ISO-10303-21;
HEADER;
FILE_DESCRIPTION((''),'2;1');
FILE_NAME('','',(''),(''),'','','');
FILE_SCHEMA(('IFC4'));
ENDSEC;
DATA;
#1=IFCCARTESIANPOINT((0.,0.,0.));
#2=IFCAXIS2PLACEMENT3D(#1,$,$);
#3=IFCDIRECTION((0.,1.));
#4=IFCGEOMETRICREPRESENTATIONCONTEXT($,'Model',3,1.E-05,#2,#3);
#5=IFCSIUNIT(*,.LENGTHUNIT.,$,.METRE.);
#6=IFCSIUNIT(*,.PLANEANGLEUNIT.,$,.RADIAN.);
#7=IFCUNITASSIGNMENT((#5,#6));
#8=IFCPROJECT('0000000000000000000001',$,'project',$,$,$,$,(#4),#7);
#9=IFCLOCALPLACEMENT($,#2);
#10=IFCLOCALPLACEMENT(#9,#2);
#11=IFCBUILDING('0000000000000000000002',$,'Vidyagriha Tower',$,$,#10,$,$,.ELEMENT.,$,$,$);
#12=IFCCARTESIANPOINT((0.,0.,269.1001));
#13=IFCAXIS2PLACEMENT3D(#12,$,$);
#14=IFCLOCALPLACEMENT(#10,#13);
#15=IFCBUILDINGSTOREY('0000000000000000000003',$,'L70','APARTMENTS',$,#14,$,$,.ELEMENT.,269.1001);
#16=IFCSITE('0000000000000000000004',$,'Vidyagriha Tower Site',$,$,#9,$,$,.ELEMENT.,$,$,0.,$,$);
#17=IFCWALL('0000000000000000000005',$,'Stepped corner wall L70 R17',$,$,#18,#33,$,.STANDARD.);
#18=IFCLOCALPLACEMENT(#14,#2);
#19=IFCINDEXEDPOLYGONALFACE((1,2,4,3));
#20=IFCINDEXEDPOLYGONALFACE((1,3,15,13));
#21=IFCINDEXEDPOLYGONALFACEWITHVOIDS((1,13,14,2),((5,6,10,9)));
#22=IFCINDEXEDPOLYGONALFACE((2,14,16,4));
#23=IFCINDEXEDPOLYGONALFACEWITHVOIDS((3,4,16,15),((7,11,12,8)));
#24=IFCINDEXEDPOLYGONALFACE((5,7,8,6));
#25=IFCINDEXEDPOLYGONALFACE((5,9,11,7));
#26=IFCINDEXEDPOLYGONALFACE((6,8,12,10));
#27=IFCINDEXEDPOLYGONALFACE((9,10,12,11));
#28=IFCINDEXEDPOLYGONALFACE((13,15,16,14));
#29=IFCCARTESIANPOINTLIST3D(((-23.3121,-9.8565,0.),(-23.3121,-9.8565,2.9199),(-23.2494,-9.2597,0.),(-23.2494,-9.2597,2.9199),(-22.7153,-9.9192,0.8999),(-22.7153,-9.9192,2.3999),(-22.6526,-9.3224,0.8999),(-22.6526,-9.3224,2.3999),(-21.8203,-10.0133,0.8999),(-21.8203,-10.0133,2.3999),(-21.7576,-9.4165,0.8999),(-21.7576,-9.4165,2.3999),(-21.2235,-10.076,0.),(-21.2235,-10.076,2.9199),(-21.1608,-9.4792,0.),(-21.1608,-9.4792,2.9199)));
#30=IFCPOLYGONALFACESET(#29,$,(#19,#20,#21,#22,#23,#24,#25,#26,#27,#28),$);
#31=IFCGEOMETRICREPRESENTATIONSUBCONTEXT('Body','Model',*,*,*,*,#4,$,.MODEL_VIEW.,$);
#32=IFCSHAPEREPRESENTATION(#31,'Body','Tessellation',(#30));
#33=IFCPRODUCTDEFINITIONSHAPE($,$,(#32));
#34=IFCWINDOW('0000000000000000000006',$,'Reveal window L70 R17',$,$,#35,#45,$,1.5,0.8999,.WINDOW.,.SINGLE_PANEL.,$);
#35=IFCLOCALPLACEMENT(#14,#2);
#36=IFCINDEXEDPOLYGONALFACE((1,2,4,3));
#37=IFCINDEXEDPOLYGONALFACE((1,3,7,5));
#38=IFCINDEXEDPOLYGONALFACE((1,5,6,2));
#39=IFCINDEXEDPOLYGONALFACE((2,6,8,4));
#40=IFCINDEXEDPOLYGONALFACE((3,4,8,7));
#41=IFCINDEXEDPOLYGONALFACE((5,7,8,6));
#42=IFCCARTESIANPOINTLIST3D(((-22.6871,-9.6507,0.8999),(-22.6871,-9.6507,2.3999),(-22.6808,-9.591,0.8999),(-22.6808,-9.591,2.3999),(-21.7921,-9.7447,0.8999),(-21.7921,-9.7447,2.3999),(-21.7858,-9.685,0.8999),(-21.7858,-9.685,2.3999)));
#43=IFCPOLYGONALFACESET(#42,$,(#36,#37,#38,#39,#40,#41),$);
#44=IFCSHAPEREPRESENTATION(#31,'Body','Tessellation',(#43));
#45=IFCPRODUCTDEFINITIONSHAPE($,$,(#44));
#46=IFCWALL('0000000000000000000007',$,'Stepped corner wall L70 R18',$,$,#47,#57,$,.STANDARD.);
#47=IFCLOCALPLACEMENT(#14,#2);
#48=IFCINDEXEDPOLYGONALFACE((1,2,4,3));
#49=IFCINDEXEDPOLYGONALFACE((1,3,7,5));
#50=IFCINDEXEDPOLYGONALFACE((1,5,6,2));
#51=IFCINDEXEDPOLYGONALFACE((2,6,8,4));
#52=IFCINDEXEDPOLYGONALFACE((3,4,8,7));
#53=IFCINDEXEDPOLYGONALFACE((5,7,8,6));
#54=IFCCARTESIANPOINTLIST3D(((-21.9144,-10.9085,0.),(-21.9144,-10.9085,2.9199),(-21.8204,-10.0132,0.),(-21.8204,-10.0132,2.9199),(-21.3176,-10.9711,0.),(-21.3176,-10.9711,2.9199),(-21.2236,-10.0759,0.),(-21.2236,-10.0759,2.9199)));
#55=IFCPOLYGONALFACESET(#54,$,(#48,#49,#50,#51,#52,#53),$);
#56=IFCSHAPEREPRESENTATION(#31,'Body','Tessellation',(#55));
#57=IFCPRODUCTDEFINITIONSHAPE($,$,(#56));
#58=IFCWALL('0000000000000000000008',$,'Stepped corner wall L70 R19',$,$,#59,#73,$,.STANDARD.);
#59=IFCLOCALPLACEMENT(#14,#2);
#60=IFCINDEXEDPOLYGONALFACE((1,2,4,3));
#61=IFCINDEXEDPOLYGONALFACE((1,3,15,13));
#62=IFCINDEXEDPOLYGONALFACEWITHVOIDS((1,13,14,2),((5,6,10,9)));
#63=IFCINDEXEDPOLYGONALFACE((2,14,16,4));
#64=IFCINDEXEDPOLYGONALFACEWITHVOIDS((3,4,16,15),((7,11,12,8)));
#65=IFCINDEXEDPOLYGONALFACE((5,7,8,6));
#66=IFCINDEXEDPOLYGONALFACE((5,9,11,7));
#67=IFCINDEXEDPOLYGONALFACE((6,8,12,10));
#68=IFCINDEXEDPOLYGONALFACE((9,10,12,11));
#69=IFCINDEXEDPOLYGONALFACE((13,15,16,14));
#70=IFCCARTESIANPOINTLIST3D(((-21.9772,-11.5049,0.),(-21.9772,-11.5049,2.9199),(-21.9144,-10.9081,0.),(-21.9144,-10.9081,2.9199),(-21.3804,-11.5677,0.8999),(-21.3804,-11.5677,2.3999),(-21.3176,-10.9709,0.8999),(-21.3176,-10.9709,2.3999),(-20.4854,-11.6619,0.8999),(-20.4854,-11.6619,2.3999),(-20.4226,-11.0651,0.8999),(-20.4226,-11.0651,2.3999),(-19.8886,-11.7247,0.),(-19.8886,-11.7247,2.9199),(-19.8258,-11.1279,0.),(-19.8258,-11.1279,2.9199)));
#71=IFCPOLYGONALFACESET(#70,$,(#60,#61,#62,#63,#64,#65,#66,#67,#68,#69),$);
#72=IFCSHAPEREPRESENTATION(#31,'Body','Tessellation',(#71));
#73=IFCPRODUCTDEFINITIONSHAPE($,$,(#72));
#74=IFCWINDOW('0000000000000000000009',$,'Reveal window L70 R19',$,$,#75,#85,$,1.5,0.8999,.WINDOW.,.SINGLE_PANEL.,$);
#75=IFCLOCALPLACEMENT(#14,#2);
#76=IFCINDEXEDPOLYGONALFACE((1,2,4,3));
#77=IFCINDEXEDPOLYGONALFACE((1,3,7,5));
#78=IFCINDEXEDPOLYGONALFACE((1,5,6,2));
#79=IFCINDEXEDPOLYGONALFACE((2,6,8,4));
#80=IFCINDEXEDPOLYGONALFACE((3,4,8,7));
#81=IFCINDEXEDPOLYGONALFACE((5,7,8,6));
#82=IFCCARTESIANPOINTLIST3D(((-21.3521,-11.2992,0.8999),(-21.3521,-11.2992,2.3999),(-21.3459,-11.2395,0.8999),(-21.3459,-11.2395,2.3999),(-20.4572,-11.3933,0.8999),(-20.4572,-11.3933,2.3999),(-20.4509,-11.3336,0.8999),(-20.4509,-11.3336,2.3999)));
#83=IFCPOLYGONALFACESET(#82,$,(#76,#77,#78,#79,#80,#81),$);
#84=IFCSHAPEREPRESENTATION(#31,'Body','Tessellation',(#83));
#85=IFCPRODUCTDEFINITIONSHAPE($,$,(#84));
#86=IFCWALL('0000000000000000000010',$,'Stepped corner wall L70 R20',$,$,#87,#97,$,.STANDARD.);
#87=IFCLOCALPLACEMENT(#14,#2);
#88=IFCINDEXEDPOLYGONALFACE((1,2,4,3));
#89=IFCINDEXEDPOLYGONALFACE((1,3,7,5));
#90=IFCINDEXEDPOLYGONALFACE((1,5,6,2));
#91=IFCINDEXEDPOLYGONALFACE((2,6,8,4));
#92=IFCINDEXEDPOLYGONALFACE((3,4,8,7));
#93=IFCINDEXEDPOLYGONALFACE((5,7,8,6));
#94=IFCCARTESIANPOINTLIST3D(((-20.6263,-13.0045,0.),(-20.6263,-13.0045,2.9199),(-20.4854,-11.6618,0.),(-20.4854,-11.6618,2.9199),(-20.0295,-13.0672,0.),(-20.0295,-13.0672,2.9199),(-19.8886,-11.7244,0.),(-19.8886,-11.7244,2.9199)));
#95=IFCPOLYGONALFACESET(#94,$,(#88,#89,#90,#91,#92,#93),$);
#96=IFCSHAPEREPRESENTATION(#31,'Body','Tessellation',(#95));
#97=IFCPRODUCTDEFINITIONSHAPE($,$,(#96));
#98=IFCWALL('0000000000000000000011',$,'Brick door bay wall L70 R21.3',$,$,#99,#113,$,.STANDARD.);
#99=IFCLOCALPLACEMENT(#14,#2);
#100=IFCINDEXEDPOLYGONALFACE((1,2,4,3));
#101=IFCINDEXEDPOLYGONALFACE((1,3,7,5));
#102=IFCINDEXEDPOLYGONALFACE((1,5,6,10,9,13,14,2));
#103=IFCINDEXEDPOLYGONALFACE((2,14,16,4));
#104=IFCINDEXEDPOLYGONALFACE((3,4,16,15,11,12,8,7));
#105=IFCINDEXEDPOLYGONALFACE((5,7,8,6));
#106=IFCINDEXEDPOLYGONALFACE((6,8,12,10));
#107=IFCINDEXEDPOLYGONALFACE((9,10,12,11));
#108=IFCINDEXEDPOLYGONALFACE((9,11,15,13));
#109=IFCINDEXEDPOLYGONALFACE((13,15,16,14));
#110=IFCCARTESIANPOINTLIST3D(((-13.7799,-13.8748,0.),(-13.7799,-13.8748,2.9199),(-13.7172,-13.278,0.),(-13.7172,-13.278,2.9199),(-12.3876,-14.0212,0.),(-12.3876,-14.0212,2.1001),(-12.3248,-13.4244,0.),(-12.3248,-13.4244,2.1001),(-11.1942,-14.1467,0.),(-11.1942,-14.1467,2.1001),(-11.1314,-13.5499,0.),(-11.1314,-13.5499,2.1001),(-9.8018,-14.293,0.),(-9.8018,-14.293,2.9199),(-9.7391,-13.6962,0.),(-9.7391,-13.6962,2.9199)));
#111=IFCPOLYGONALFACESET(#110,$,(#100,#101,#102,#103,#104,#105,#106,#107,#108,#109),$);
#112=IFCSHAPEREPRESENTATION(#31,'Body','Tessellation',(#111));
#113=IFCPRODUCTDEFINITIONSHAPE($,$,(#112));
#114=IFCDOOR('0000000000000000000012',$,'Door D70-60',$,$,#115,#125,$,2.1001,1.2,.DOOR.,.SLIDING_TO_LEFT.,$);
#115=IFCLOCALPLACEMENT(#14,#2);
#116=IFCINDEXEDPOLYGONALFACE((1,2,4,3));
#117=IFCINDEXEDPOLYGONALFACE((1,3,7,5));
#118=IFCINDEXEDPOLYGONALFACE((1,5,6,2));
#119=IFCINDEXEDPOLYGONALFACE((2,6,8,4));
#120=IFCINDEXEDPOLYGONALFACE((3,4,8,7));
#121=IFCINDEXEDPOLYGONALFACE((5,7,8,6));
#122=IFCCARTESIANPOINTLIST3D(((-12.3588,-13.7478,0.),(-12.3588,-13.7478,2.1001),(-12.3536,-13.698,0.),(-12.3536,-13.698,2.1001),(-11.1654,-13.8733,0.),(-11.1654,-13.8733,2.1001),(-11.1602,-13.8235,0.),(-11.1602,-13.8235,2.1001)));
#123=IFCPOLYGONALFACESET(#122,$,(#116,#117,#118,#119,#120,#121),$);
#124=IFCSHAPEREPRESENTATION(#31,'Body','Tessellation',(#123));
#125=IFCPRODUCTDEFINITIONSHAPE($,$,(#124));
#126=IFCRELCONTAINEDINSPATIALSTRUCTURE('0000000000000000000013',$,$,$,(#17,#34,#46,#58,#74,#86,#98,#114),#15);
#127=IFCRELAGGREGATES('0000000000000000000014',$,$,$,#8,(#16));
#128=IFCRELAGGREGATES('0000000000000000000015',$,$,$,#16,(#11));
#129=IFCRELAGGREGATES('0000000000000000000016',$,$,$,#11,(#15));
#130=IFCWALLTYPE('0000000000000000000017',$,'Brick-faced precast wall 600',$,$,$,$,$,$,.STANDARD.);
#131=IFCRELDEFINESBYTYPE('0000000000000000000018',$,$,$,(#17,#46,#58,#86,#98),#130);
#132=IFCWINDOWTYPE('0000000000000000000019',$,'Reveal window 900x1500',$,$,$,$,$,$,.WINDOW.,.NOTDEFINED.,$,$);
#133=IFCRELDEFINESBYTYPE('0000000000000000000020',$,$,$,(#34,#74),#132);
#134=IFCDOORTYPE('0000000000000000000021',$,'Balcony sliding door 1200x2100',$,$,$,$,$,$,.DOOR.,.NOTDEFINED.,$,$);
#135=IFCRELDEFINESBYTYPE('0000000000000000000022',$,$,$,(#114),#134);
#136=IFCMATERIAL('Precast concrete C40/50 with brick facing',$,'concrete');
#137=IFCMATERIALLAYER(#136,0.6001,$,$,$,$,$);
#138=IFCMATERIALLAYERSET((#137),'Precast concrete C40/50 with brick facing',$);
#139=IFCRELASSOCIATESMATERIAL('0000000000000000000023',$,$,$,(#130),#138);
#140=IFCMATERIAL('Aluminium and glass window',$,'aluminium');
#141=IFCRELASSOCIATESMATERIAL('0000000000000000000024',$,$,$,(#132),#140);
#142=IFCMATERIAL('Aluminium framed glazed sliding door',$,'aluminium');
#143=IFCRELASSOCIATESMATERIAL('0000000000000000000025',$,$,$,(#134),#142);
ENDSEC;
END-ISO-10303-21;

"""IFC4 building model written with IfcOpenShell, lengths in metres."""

from ifc_helpers import new_model, si_unit, direction, frame, frame_2d, origin, place, context, subcontext, project, spatial, rectangle, extrude, material, layer, layer_set, type_object, element, fill, save


model = new_model("IFC4")

# Units and contexts
model_context = context("Model", 3, precision=1e-05, world=origin(), true_north=direction((0.0, 1.0)))
body_context = subcontext(model_context, "Body", "Model", "MODEL_VIEW")
ifc_project = project(units=[si_unit("LENGTHUNIT", "METRE"), si_unit("PLANEANGLEUNIT", "RADIAN")], contexts=[model_context])

# Site, building, storey
site_placement = place(None, origin())
site = spatial("IfcSite", under=ifc_project, at=site_placement, Name="Vidyagriha Tower Site", CompositionType="ELEMENT", RefElevation=0.0)
building_placement = place(site_placement, origin())
building = spatial("IfcBuilding", under=site, at=building_placement, Name="Vidyagriha Tower", CompositionType="ELEMENT")
storey_placement = place(building_placement, frame((0.0, 0.0, 269.1001)))
storey = spatial("IfcBuildingStorey", under=building, at=storey_placement, Name="L70", Description="APARTMENTS", CompositionType="ELEMENT", Elevation=269.1001)

# Wall, opening, window
ifc_material_1 = material(Name="Precast concrete C40/50 with brick facing", Category="concrete")
ifc_layer_1 = layer(ifc_material_1, 0.6001)
ifc_layer_set_1 = layer_set([ifc_layer_1], Name="Precast concrete C40/50 with brick facing")
wall_type = type_object("IfcWallType", Name="Brick-faced precast wall 600", PredefinedType="STANDARD", material=ifc_layer_set_1)
wall_1_placement = place(storey_placement, frame((-23.2808, -9.5581, 0.0), z_axis=(0.0, 0.0, 1.0), x_axis=(0.994524, -0.104509, 0.0)))
wall_1 = element("IfcWall", 1, at=wall_1_placement, inside=storey, type_object=wall_type, Name="Stepped corner wall L70 R17", PredefinedType="STANDARD", context=body_context, shape_type="SweptSolid", body=[
    extrude(rectangle(XDim=2.1001, YDim=0.6001, at=frame_2d((1.05, 0.0))), origin(), (0.0, 0.0, 1.0), 2.9199),
])
opening_1_placement = place(wall_1_placement, frame((0.6001, 0.0, 0.8999)))
opening_1 = element("IfcOpeningElement", 2, at=opening_1_placement, cuts=wall_1, PredefinedType="OPENING", context=body_context, shape_type="SweptSolid", body=[
    extrude(rectangle(XDim=0.8999, YDim=1.5, at=frame_2d((0.45, 0.75))), frame((0.0, 0.3101, 0.0), z_axis=(0.0, -1.0, 0.0), x_axis=(1.0, 0.0, 0.0)), (0.0, 0.0, 1.0), 0.6201),
])
ifc_material_2 = material(Name="Aluminium and glass window", Category="aluminium")
window_type = type_object("IfcWindowType", Name="Reveal window 900x1500", PartitioningType="NOTDEFINED", PredefinedType="WINDOW", material=ifc_material_2)
window_1_placement = place(opening_1_placement, origin())
window_1 = element("IfcWindow", 3, at=window_1_placement, inside=storey, type_object=window_type, Name="Reveal window L70 R17", OverallHeight=1.5, OverallWidth=0.8999, PartitioningType="SINGLE_PANEL", PredefinedType="WINDOW", context=body_context, shape_type="SweptSolid", body=[
    extrude(rectangle(XDim=0.8999, YDim=1.5, at=frame_2d((0.45, 0.75))), frame((0.0, 0.03, 0.0), z_axis=(0.0, -1.0, 0.0), x_axis=(1.0, 0.0, 0.0)), (0.0, 0.0, 1.0), 0.0601),
])
fill(opening_1, window_1)

# Wall
wall_2_placement = place(storey_placement, frame((-21.522, -10.0444, 0.0), z_axis=(0.0, 0.0, 1.0), x_axis=(-0.104417, -0.994534, 0.0)))
element("IfcWall", 4, at=wall_2_placement, inside=storey, type_object=wall_type, Name="Stepped corner wall L70 R18", PredefinedType="STANDARD", context=body_context, shape_type="SweptSolid", body=[
    extrude(rectangle(XDim=0.9001, YDim=0.6001, at=frame_2d((0.4502, 0.0))), origin(), (0.0, 0.0, 1.0), 2.9199),
])

# Wall, opening, window
wall_3_placement = place(storey_placement, frame((-21.9458, -11.2065, 0.0), z_axis=(0.0, 0.0, 1.0), x_axis=(0.994512, -0.104624, 0.0)))
wall_3 = element("IfcWall", 5, at=wall_3_placement, inside=storey, type_object=wall_type, Name="Stepped corner wall L70 R19", PredefinedType="STANDARD", context=body_context, shape_type="SweptSolid", body=[
    extrude(rectangle(XDim=2.1001, YDim=0.6001, at=frame_2d((1.05, 0.0))), origin(), (0.0, 0.0, 1.0), 2.9199),
])
opening_2_placement = place(wall_3_placement, frame((0.6001, 0.0, 0.8999)))
opening_2 = element("IfcOpeningElement", 6, at=opening_2_placement, cuts=wall_3, PredefinedType="OPENING", context=body_context, shape_type="SweptSolid", body=[
    extrude(rectangle(XDim=0.8999, YDim=1.5, at=frame_2d((0.45, 0.75))), frame((0.0, 0.3101, 0.0), z_axis=(0.0, -1.0, 0.0), x_axis=(1.0, 0.0, 0.0)), (0.0, 0.0, 1.0), 0.6201),
])
window_2_placement = place(opening_2_placement, origin())
window_2 = element("IfcWindow", 7, at=window_2_placement, inside=storey, type_object=window_type, Name="Reveal window L70 R19", OverallHeight=1.5, OverallWidth=0.8999, PartitioningType="SINGLE_PANEL", PredefinedType="WINDOW", context=body_context, shape_type="SweptSolid", body=[
    extrude(rectangle(XDim=0.8999, YDim=1.5, at=frame_2d((0.45, 0.75))), frame((0.0, 0.03, 0.0), z_axis=(0.0, -1.0, 0.0), x_axis=(1.0, 0.0, 0.0)), (0.0, 0.0, 1.0), 0.0601),
])
fill(opening_2, window_2)

# Wall
wall_4_placement = place(storey_placement, frame((-20.187, -11.6931, 0.0), z_axis=(0.0, 0.0, 1.0), x_axis=(-0.104337, -0.994542, 0.0)))
element("IfcWall", 8, at=wall_4_placement, inside=storey, type_object=wall_type, Name="Stepped corner wall L70 R20", PredefinedType="STANDARD", context=body_context, shape_type="SweptSolid", body=[
    extrude(rectangle(XDim=1.3501, YDim=0.6001, at=frame_2d((0.675, 0.0))), origin(), (0.0, 0.0, 1.0), 2.9199),
])

# Wall, opening, door
wall_5_placement = place(storey_placement, frame((-13.7485, -13.5764, 0.0), z_axis=(0.0, 0.0, 1.0), x_axis=(0.994519, -0.104555, 0.0)))
wall_5 = element("IfcWall", 9, at=wall_5_placement, inside=storey, type_object=wall_type, Name="Brick door bay wall L70 R21.3", PredefinedType="STANDARD", context=body_context, shape_type="SweptSolid", body=[
    extrude(rectangle(XDim=4.0, YDim=0.6001, at=frame_2d((2.0, 0.0))), origin(), (0.0, 0.0, 1.0), 2.9199),
])
opening_3_placement = place(wall_5_placement, frame((1.3999, 0.0, 0.0)))
opening_3 = element("IfcOpeningElement", 10, at=opening_3_placement, cuts=wall_5, PredefinedType="OPENING", context=body_context, shape_type="SweptSolid", body=[
    extrude(rectangle(XDim=1.2, YDim=2.1001, at=frame_2d((0.6001, 1.05))), frame((0.0, 0.3101, 0.0), z_axis=(0.0, -1.0, 0.0), x_axis=(1.0, 0.0, 0.0)), (0.0, 0.0, 1.0), 0.6201),
])
ifc_material_3 = material(Name="Aluminium framed glazed sliding door", Category="aluminium")
door_type = type_object("IfcDoorType", Name="Balcony sliding door 1200x2100", OperationType="NOTDEFINED", PredefinedType="DOOR", material=ifc_material_3)
door_placement = place(opening_3_placement, origin())
door = element("IfcDoor", 11, at=door_placement, inside=storey, type_object=door_type, Name="Door D70-60", OperationType="SLIDING_TO_LEFT", OverallHeight=2.1001, OverallWidth=1.2, PredefinedType="DOOR", context=body_context, shape_type="SweptSolid", body=[
    extrude(rectangle(XDim=1.2, YDim=2.1001, at=frame_2d((0.6001, 1.05))), frame((0.0, 0.0249, 0.0), z_axis=(0.0, -1.0, 0.0), x_axis=(1.0, 0.0, 0.0)), (0.0, 0.0, 1.0), 0.05),
])
fill(opening_3, door)

save(model, "model.ifc")
